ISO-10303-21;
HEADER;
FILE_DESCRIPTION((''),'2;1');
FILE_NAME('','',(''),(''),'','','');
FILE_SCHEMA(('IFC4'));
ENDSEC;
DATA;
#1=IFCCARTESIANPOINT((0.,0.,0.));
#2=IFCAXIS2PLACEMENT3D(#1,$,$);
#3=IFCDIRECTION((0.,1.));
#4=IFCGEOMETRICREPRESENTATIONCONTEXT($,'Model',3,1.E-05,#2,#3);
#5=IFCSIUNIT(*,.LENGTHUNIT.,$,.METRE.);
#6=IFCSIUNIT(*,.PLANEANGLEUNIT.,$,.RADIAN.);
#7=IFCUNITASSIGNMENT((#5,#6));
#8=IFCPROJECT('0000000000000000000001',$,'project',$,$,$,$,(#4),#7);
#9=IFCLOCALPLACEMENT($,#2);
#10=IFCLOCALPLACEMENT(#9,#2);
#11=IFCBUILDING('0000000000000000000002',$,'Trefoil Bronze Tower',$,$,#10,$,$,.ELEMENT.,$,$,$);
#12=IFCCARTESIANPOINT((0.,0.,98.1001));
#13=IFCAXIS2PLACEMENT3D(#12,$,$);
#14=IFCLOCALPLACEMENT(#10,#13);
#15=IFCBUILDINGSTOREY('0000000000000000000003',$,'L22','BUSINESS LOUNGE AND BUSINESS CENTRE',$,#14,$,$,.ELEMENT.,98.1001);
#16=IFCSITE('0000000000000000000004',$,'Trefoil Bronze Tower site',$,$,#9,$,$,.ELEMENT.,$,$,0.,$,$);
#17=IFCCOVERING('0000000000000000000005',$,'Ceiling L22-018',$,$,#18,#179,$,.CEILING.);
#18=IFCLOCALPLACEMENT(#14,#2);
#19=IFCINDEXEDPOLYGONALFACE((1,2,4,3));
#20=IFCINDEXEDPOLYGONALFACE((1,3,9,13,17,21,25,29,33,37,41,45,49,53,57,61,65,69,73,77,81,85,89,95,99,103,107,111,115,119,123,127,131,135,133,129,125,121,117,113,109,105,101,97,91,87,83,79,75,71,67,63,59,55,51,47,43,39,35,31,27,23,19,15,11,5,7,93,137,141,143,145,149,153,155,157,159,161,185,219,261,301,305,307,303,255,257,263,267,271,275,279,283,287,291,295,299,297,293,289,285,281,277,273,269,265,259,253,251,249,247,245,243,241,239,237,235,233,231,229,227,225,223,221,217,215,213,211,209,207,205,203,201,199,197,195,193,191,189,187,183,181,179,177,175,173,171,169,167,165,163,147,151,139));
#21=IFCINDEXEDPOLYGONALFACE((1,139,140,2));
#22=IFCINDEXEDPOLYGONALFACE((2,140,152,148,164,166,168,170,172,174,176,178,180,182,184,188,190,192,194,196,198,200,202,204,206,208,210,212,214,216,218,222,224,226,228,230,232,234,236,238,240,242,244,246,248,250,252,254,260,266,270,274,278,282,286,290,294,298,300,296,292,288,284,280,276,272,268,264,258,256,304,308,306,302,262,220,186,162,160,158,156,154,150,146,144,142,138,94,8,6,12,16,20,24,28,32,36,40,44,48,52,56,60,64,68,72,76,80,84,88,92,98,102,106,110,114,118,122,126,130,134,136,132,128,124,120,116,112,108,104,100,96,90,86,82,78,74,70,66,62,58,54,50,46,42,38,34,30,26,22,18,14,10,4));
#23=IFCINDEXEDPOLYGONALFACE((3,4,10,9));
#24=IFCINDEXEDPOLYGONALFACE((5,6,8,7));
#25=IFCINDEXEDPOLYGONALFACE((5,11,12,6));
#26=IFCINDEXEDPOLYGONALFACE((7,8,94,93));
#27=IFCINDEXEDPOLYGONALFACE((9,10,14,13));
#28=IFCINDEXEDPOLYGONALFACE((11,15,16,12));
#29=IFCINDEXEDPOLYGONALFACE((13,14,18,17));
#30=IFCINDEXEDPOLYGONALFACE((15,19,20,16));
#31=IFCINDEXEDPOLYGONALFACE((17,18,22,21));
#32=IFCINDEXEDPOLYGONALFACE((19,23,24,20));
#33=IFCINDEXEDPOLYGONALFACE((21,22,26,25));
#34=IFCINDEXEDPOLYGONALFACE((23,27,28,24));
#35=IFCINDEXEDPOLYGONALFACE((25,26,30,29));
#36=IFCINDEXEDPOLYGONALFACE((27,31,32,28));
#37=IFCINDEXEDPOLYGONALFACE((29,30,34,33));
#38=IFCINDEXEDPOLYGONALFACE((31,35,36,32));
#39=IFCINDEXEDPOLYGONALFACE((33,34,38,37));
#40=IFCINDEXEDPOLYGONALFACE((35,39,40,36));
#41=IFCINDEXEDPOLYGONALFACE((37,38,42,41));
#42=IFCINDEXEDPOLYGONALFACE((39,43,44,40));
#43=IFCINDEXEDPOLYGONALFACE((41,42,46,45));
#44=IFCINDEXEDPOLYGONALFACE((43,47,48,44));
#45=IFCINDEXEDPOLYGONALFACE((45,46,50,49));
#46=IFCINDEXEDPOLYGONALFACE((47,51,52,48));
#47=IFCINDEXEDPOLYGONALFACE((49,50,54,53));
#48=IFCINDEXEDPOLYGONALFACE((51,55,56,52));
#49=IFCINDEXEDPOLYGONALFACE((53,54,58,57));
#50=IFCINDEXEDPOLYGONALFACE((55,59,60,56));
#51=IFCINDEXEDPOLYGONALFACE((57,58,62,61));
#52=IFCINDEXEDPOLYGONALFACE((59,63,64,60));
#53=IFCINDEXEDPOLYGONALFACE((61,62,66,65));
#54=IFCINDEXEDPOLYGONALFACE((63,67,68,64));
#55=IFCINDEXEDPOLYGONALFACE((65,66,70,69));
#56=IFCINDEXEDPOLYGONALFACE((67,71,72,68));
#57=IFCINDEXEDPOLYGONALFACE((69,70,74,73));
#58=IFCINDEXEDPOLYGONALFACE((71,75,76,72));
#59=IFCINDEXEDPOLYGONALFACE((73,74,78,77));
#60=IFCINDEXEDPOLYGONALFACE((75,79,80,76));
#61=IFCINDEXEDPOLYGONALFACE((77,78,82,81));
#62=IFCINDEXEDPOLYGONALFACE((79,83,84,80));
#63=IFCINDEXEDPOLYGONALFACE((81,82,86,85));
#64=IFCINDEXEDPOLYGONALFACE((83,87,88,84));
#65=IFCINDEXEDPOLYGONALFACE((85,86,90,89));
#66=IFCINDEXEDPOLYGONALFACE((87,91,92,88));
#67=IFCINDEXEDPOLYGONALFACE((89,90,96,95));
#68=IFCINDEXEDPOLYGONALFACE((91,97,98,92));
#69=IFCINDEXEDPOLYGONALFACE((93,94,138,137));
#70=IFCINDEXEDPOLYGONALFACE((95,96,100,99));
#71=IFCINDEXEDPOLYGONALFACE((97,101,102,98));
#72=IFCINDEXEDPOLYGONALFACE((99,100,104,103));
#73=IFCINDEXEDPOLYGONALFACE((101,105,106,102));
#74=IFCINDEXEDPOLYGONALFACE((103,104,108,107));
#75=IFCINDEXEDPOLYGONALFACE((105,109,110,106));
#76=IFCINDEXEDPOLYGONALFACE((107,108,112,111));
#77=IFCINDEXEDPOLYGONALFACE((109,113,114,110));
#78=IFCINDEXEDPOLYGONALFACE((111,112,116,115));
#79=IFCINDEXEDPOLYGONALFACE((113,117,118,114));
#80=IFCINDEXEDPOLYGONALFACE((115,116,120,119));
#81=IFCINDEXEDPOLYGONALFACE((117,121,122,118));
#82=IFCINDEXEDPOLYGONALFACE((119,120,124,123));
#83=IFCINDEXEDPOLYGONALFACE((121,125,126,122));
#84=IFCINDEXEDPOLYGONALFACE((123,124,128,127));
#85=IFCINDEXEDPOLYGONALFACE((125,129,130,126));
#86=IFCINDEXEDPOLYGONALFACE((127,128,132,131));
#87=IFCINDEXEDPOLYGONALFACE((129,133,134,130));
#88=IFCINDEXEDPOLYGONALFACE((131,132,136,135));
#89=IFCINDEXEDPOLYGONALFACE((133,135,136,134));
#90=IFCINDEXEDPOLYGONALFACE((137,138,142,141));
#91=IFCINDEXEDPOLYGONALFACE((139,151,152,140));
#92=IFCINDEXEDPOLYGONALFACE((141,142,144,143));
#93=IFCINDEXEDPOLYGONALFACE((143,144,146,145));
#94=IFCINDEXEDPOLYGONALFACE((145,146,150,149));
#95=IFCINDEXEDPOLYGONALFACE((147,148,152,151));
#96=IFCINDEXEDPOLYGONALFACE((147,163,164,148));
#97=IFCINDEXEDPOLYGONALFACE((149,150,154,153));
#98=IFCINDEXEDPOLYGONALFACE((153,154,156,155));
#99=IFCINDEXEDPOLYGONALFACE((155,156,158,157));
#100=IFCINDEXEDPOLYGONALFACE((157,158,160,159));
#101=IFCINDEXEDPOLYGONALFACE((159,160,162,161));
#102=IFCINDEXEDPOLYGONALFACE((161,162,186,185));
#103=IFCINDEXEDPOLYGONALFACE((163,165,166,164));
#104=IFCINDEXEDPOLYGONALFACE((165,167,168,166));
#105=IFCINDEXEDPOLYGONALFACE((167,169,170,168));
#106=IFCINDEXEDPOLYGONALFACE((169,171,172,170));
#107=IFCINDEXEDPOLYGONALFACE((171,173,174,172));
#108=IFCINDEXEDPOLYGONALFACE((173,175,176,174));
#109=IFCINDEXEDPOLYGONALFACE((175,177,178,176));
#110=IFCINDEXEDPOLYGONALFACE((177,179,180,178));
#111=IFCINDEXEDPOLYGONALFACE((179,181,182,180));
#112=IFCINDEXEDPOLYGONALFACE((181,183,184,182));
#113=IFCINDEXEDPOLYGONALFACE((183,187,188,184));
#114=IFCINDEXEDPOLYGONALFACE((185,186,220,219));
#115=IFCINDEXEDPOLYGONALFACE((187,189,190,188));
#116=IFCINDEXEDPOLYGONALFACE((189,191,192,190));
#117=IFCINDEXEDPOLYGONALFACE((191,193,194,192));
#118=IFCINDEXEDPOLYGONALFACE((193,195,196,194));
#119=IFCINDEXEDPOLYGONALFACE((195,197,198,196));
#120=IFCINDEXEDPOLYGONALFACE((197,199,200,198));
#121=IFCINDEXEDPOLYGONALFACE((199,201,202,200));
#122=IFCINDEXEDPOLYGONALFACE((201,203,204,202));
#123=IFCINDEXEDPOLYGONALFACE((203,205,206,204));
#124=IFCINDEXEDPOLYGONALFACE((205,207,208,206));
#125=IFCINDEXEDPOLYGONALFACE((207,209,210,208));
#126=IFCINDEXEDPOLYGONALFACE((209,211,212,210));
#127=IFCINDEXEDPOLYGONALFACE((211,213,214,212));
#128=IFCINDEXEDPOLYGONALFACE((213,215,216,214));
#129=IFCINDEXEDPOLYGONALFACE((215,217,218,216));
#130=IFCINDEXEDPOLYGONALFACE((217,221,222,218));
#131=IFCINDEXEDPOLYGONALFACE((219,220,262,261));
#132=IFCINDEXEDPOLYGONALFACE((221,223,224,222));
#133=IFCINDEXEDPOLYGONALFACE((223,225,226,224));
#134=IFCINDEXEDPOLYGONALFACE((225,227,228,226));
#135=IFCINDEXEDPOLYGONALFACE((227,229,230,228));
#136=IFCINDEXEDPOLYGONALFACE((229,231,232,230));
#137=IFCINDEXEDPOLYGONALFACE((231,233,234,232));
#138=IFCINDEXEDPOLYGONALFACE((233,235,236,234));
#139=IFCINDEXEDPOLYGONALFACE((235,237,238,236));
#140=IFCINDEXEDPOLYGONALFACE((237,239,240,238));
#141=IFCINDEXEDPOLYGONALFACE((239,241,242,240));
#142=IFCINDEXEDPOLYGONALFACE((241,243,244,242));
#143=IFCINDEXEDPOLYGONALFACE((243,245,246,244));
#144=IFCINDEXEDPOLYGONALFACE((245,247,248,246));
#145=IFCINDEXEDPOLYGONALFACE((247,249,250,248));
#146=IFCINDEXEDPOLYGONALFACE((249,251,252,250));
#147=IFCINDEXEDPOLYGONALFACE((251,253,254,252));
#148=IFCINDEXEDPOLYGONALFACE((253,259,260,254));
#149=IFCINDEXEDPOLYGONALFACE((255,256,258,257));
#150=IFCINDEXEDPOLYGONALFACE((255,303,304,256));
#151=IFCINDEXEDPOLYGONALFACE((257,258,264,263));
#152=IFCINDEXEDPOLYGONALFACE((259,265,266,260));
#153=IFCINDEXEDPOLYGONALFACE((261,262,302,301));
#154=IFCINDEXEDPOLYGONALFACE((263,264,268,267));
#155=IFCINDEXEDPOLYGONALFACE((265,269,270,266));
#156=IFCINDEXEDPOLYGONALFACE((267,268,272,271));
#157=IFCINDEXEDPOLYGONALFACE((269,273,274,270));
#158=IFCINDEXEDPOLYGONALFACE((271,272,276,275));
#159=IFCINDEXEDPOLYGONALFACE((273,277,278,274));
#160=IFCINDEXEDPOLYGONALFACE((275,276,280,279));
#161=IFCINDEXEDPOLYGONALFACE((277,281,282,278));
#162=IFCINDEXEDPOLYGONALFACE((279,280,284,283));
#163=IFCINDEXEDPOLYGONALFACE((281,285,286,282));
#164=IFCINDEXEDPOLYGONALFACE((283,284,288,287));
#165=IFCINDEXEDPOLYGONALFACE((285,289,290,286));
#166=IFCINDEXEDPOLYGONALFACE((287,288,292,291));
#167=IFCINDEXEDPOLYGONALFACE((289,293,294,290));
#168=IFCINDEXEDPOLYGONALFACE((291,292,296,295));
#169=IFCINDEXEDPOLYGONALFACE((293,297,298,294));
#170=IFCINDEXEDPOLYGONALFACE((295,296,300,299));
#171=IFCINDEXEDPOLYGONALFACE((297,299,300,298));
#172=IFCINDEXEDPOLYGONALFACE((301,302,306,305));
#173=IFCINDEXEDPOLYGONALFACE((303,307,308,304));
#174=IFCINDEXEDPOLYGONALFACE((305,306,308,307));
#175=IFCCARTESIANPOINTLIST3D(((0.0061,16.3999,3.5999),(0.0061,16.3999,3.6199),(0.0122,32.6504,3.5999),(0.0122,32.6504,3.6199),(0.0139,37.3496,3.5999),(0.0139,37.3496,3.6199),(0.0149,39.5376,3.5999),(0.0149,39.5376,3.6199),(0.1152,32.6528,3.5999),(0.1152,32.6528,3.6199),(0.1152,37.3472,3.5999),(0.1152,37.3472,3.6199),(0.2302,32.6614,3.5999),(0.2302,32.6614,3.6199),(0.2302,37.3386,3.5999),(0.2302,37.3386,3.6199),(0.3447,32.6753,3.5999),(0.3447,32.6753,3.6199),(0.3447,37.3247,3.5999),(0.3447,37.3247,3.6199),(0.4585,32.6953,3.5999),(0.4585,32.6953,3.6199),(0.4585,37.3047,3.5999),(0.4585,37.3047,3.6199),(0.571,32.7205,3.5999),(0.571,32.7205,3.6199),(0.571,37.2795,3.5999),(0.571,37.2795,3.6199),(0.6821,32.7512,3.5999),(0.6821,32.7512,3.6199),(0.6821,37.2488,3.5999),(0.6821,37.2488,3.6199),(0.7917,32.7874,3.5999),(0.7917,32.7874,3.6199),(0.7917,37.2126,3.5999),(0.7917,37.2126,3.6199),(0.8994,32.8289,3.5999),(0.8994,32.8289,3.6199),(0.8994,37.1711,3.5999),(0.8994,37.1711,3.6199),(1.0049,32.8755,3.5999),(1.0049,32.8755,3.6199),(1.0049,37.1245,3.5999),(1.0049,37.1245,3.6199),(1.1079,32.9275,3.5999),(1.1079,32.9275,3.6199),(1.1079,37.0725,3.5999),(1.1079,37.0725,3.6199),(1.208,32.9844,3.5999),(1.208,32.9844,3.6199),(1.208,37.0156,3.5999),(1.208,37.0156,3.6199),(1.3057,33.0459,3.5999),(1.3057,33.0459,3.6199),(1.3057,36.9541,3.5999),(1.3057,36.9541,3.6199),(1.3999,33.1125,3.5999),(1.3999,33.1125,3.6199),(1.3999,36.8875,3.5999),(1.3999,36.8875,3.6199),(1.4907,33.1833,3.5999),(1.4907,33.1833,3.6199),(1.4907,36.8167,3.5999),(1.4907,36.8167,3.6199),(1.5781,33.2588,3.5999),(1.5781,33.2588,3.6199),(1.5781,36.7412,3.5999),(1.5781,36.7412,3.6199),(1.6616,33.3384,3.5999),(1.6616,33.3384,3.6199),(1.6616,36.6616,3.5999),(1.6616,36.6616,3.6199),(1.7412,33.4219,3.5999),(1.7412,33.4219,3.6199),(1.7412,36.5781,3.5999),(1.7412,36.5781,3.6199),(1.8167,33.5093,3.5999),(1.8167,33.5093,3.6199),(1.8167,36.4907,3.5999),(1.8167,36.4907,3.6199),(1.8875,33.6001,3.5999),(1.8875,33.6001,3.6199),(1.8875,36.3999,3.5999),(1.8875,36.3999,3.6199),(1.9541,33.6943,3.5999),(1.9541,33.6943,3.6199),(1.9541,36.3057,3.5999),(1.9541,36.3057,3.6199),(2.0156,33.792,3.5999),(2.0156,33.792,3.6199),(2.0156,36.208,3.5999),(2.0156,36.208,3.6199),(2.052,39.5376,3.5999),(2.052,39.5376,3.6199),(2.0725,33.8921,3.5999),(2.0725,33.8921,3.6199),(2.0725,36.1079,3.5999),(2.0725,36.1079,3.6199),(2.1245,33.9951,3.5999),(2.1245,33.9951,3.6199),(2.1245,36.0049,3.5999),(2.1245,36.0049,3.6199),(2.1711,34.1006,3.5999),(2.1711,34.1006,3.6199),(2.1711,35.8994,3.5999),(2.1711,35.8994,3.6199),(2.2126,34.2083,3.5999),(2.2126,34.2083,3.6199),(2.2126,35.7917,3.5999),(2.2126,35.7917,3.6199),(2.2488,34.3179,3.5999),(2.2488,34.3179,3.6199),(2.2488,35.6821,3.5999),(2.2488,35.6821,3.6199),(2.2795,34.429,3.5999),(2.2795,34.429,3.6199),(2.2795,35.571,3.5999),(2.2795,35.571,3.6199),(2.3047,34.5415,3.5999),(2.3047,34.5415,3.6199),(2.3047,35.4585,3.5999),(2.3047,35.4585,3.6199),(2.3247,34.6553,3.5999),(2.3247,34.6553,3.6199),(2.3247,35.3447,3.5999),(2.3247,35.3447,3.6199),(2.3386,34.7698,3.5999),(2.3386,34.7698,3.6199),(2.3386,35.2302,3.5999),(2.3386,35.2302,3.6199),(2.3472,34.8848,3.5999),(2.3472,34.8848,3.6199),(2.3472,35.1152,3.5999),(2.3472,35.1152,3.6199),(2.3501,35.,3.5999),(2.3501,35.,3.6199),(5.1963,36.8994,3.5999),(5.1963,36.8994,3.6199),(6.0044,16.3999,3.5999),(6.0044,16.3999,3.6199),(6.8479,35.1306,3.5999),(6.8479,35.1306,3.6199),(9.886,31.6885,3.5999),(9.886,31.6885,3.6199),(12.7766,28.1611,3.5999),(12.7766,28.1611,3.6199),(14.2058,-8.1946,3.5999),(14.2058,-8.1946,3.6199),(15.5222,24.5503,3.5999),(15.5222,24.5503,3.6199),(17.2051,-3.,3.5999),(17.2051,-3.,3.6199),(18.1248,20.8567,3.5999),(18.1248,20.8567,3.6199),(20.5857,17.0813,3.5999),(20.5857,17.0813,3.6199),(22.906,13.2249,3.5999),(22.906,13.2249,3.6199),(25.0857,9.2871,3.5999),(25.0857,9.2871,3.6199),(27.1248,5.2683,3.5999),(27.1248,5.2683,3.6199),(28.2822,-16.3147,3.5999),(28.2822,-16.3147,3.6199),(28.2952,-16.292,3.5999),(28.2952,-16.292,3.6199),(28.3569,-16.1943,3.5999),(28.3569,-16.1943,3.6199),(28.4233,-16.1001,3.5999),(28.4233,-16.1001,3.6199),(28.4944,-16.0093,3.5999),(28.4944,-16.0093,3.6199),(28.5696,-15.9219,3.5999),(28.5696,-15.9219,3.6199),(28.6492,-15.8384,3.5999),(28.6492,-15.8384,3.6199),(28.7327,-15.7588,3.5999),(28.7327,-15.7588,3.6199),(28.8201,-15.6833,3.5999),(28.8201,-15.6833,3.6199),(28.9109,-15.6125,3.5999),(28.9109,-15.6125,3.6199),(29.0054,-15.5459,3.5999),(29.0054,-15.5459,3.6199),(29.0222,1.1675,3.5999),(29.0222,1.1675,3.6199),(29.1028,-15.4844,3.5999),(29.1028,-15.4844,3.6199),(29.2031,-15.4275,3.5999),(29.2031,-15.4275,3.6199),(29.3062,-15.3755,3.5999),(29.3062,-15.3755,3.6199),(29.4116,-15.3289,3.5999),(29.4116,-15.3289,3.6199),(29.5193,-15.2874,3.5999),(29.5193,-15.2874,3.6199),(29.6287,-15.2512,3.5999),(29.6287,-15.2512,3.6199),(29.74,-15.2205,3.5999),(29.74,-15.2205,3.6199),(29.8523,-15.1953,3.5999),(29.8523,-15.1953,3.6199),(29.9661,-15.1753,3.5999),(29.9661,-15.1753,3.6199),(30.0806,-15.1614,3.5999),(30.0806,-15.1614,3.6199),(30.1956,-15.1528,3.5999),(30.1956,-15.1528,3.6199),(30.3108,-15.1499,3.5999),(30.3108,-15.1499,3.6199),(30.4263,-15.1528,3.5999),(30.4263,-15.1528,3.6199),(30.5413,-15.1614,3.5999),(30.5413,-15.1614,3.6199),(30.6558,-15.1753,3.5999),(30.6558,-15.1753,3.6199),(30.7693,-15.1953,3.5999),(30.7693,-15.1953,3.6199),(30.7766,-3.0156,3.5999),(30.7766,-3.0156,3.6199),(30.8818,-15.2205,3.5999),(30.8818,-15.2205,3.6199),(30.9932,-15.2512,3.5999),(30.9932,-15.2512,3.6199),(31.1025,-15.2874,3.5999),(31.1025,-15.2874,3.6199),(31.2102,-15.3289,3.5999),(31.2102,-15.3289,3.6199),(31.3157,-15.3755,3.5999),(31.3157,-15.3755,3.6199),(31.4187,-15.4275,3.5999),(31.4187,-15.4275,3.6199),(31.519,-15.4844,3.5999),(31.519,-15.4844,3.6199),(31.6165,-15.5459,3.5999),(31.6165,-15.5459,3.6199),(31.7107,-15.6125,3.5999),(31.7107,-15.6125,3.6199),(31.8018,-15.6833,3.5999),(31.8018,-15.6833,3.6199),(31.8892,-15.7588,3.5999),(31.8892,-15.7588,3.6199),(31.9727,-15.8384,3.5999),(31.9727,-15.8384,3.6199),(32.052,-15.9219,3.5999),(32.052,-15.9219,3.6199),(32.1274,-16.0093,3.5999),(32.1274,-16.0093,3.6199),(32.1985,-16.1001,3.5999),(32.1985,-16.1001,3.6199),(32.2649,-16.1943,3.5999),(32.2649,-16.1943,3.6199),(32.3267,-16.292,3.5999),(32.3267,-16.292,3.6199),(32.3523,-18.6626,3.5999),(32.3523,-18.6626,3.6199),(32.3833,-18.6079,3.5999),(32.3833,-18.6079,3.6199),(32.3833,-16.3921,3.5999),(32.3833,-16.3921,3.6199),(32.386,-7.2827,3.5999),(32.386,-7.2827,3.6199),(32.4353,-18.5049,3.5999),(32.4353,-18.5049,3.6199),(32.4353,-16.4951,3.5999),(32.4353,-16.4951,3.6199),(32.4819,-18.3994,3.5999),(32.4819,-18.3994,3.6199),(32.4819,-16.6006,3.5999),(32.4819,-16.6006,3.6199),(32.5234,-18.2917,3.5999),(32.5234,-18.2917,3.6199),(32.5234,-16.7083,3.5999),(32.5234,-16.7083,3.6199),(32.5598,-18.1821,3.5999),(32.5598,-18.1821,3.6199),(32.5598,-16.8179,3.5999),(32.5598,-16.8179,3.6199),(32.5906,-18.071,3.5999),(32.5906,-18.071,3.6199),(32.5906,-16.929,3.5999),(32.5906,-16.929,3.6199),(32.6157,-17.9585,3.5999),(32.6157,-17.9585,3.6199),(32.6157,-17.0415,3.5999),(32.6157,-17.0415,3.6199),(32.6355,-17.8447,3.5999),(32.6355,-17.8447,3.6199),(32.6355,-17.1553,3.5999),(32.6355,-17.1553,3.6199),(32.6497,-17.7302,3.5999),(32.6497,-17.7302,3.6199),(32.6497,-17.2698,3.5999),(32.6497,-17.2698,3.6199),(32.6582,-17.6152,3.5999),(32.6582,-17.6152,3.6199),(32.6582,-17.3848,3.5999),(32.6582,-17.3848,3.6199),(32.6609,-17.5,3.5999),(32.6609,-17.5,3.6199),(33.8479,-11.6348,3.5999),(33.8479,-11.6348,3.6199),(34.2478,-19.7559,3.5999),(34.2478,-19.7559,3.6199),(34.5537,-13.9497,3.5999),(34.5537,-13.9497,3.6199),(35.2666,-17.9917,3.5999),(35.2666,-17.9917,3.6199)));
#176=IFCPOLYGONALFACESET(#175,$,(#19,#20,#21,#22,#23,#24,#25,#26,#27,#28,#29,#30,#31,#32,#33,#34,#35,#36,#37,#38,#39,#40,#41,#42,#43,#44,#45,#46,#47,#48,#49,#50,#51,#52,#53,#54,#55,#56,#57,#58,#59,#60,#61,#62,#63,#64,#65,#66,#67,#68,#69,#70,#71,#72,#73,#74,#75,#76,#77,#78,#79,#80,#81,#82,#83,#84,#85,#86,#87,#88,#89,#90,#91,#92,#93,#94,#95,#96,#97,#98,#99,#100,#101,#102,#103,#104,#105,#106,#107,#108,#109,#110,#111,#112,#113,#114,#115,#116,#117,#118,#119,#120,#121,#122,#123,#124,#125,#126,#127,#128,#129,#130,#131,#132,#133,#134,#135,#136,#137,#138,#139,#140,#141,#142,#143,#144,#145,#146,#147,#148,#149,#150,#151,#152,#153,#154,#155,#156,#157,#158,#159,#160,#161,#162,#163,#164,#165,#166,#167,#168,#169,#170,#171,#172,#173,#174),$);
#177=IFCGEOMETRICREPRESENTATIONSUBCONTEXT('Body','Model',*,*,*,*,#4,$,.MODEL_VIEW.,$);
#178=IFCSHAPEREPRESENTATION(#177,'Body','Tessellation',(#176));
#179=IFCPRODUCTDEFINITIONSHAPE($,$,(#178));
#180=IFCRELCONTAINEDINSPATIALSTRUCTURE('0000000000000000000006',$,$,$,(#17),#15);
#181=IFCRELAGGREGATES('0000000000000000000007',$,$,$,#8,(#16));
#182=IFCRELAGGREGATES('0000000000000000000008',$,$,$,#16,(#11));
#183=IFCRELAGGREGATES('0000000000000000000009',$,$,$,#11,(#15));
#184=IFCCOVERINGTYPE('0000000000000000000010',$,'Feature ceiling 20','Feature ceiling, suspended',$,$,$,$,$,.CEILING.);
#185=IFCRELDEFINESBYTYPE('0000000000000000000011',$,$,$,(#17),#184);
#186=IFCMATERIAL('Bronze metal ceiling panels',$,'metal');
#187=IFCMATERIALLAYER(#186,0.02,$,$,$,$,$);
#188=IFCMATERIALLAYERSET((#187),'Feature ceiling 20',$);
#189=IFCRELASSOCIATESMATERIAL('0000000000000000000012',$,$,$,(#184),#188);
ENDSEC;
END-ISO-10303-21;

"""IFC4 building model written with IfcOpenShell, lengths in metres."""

from ifc_helpers import new_model, si_unit, direction, frame, origin, place, context, subcontext, project, spatial, polyline, outline, extrude, material, layer, layer_set, type_object, element, save


model = new_model("IFC4")

# Units and contexts
model_context = context("Model", 3, precision=1e-05, world=origin(), true_north=direction((0.0, 1.0)))
body_context = subcontext(model_context, "Body", "Model", "MODEL_VIEW")
ifc_project = project(units=[si_unit("LENGTHUNIT", "METRE"), si_unit("PLANEANGLEUNIT", "RADIAN")], contexts=[model_context])

# Site, building, storey
site_placement = place(None, origin())
site = spatial("IfcSite", under=ifc_project, at=site_placement, Name="Trefoil Bronze Tower site", CompositionType="ELEMENT", RefElevation=0.0)
building_placement = place(site_placement, origin())
building = spatial("IfcBuilding", under=site, at=building_placement, Name="Trefoil Bronze Tower", CompositionType="ELEMENT")
storey_placement = place(building_placement, frame((0.0, 0.0, 98.1001)))
storey = spatial("IfcBuildingStorey", under=building, at=storey_placement, Name="L22", Description="BUSINESS LOUNGE AND BUSINESS CENTRE", CompositionType="ELEMENT", Elevation=98.1001)

# Covering
ifc_material_1 = material(Name="Bronze metal ceiling panels", Category="metal")
ifc_layer_1 = layer(ifc_material_1, 0.02)
ifc_layer_set_1 = layer_set([ifc_layer_1], Name="Feature ceiling 20")
covering_type_1 = type_object("IfcCoveringType", Name="Feature ceiling 20", Description="Feature ceiling, suspended", PredefinedType="CEILING", material=ifc_layer_set_1)
covering_1_placement = place(storey_placement, frame((0.0, 0.0, 3.5999)))
element("IfcCovering", 1, at=covering_1_placement, inside=storey, type_object=covering_type_1, Name="Ceiling L22-018", PredefinedType="CEILING", context=body_context, shape_type="SweptSolid", body=[
    extrude(outline(polyline([(6.8479, 35.1306), (9.886, 31.6885), (12.7766, 28.1611), (15.5222, 24.5503), (18.1248, 20.8567), (20.5857, 17.0813), (22.906, 13.2249), (25.0857, 9.2871), (27.1248, 5.2683), (29.0222, 1.1675), (30.7766, -3.0156), (32.386, -7.2827), (33.8479, -11.6348), (34.5537, -13.9497), (35.2666, -17.9917), (34.2478, -19.7559), (32.3523, -18.6626), (32.3833, -18.6079), (32.4353, -18.5049), (32.4819, -18.3994), (32.5234, -18.2917), (32.5598, -18.1821), (32.5906, -18.071), (32.6157, -17.9585), (32.6355, -17.8447), (32.6497, -17.7302), (32.6582, -17.6152), (32.6609, -17.5), (32.6582, -17.3848), (32.6497, -17.2698), (32.6355, -17.1553), (32.6157, -17.0415), (32.5906, -16.929), (32.5598, -16.8179), (32.5234, -16.7083), (32.4819, -16.6006), (32.4353, -16.4951), (32.3833, -16.3921), (32.3267, -16.292), (32.2649, -16.1943), (32.1985, -16.1001), (32.1274, -16.0093), (32.052, -15.9219), (31.9727, -15.8384), (31.8892, -15.7588), (31.8018, -15.6833), (31.7107, -15.6125), (31.6165, -15.5459), (31.519, -15.4844), (31.4187, -15.4275), (31.3157, -15.3755), (31.2102, -15.3289), (31.1025, -15.2874), (30.9932, -15.2512), (30.8818, -15.2205), (30.7693, -15.1953), (30.6558, -15.1753), (30.5413, -15.1614), (30.4263, -15.1528), (30.3108, -15.1499), (30.1956, -15.1528), (30.0806, -15.1614), (29.9661, -15.1753), (29.8523, -15.1953), (29.74, -15.2205), (29.6287, -15.2512), (29.5193, -15.2874), (29.4116, -15.3289), (29.3062, -15.3755), (29.2031, -15.4275), (29.1028, -15.4844), (29.0054, -15.5459), (28.9109, -15.6125), (28.8201, -15.6833), (28.7327, -15.7588), (28.6492, -15.8384), (28.5696, -15.9219), (28.4944, -16.0093), (28.4233, -16.1001), (28.3569, -16.1943), (28.2952, -16.292), (28.2822, -16.3147), (14.2058, -8.1946), (17.2051, -3.0), (6.0044, 16.3999), (0.0061, 16.3999), (0.0122, 32.6504), (0.1152, 32.6528), (0.2302, 32.6614), (0.3447, 32.6753), (0.4585, 32.6953), (0.571, 32.7205), (0.6821, 32.7512), (0.7917, 32.7874), (0.8994, 32.8289), (1.0049, 32.8755), (1.1079, 32.9275), (1.208, 32.9844), (1.3057, 33.0459), (1.3999, 33.1125), (1.4907, 33.1833), (1.5781, 33.2588), (1.6616, 33.3384), (1.7412, 33.4219), (1.8167, 33.5093), (1.8875, 33.6001), (1.9541, 33.6943), (2.0156, 33.792), (2.0725, 33.8921), (2.1245, 33.9951), (2.1711, 34.1006), (2.2126, 34.2083), (2.2488, 34.3179), (2.2795, 34.429), (2.3047, 34.5415), (2.3247, 34.6553), (2.3386, 34.7698), (2.3472, 34.8848), (2.3501, 35.0), (2.3472, 35.1152), (2.3386, 35.2302), (2.3247, 35.3447), (2.3047, 35.4585), (2.2795, 35.571), (2.2488, 35.6821), (2.2126, 35.7917), (2.1711, 35.8994), (2.1245, 36.0049), (2.0725, 36.1079), (2.0156, 36.208), (1.9541, 36.3057), (1.8875, 36.3999), (1.8167, 36.4907), (1.7412, 36.5781), (1.6616, 36.6616), (1.5781, 36.7412), (1.4907, 36.8167), (1.3999, 36.8875), (1.3057, 36.9541), (1.208, 37.0156), (1.1079, 37.0725), (1.0049, 37.1245), (0.8994, 37.1711), (0.7917, 37.2126), (0.6821, 37.2488), (0.571, 37.2795), (0.4585, 37.3047), (0.3447, 37.3247), (0.2302, 37.3386), (0.1152, 37.3472), (0.0139, 37.3496), (0.0149, 39.5376), (2.052, 39.5376), (5.1963, 36.8994), (6.8479, 35.1306)])), origin(), (0.0, 0.0, 1.0), 0.02),
])

save(model, "model.ifc")
